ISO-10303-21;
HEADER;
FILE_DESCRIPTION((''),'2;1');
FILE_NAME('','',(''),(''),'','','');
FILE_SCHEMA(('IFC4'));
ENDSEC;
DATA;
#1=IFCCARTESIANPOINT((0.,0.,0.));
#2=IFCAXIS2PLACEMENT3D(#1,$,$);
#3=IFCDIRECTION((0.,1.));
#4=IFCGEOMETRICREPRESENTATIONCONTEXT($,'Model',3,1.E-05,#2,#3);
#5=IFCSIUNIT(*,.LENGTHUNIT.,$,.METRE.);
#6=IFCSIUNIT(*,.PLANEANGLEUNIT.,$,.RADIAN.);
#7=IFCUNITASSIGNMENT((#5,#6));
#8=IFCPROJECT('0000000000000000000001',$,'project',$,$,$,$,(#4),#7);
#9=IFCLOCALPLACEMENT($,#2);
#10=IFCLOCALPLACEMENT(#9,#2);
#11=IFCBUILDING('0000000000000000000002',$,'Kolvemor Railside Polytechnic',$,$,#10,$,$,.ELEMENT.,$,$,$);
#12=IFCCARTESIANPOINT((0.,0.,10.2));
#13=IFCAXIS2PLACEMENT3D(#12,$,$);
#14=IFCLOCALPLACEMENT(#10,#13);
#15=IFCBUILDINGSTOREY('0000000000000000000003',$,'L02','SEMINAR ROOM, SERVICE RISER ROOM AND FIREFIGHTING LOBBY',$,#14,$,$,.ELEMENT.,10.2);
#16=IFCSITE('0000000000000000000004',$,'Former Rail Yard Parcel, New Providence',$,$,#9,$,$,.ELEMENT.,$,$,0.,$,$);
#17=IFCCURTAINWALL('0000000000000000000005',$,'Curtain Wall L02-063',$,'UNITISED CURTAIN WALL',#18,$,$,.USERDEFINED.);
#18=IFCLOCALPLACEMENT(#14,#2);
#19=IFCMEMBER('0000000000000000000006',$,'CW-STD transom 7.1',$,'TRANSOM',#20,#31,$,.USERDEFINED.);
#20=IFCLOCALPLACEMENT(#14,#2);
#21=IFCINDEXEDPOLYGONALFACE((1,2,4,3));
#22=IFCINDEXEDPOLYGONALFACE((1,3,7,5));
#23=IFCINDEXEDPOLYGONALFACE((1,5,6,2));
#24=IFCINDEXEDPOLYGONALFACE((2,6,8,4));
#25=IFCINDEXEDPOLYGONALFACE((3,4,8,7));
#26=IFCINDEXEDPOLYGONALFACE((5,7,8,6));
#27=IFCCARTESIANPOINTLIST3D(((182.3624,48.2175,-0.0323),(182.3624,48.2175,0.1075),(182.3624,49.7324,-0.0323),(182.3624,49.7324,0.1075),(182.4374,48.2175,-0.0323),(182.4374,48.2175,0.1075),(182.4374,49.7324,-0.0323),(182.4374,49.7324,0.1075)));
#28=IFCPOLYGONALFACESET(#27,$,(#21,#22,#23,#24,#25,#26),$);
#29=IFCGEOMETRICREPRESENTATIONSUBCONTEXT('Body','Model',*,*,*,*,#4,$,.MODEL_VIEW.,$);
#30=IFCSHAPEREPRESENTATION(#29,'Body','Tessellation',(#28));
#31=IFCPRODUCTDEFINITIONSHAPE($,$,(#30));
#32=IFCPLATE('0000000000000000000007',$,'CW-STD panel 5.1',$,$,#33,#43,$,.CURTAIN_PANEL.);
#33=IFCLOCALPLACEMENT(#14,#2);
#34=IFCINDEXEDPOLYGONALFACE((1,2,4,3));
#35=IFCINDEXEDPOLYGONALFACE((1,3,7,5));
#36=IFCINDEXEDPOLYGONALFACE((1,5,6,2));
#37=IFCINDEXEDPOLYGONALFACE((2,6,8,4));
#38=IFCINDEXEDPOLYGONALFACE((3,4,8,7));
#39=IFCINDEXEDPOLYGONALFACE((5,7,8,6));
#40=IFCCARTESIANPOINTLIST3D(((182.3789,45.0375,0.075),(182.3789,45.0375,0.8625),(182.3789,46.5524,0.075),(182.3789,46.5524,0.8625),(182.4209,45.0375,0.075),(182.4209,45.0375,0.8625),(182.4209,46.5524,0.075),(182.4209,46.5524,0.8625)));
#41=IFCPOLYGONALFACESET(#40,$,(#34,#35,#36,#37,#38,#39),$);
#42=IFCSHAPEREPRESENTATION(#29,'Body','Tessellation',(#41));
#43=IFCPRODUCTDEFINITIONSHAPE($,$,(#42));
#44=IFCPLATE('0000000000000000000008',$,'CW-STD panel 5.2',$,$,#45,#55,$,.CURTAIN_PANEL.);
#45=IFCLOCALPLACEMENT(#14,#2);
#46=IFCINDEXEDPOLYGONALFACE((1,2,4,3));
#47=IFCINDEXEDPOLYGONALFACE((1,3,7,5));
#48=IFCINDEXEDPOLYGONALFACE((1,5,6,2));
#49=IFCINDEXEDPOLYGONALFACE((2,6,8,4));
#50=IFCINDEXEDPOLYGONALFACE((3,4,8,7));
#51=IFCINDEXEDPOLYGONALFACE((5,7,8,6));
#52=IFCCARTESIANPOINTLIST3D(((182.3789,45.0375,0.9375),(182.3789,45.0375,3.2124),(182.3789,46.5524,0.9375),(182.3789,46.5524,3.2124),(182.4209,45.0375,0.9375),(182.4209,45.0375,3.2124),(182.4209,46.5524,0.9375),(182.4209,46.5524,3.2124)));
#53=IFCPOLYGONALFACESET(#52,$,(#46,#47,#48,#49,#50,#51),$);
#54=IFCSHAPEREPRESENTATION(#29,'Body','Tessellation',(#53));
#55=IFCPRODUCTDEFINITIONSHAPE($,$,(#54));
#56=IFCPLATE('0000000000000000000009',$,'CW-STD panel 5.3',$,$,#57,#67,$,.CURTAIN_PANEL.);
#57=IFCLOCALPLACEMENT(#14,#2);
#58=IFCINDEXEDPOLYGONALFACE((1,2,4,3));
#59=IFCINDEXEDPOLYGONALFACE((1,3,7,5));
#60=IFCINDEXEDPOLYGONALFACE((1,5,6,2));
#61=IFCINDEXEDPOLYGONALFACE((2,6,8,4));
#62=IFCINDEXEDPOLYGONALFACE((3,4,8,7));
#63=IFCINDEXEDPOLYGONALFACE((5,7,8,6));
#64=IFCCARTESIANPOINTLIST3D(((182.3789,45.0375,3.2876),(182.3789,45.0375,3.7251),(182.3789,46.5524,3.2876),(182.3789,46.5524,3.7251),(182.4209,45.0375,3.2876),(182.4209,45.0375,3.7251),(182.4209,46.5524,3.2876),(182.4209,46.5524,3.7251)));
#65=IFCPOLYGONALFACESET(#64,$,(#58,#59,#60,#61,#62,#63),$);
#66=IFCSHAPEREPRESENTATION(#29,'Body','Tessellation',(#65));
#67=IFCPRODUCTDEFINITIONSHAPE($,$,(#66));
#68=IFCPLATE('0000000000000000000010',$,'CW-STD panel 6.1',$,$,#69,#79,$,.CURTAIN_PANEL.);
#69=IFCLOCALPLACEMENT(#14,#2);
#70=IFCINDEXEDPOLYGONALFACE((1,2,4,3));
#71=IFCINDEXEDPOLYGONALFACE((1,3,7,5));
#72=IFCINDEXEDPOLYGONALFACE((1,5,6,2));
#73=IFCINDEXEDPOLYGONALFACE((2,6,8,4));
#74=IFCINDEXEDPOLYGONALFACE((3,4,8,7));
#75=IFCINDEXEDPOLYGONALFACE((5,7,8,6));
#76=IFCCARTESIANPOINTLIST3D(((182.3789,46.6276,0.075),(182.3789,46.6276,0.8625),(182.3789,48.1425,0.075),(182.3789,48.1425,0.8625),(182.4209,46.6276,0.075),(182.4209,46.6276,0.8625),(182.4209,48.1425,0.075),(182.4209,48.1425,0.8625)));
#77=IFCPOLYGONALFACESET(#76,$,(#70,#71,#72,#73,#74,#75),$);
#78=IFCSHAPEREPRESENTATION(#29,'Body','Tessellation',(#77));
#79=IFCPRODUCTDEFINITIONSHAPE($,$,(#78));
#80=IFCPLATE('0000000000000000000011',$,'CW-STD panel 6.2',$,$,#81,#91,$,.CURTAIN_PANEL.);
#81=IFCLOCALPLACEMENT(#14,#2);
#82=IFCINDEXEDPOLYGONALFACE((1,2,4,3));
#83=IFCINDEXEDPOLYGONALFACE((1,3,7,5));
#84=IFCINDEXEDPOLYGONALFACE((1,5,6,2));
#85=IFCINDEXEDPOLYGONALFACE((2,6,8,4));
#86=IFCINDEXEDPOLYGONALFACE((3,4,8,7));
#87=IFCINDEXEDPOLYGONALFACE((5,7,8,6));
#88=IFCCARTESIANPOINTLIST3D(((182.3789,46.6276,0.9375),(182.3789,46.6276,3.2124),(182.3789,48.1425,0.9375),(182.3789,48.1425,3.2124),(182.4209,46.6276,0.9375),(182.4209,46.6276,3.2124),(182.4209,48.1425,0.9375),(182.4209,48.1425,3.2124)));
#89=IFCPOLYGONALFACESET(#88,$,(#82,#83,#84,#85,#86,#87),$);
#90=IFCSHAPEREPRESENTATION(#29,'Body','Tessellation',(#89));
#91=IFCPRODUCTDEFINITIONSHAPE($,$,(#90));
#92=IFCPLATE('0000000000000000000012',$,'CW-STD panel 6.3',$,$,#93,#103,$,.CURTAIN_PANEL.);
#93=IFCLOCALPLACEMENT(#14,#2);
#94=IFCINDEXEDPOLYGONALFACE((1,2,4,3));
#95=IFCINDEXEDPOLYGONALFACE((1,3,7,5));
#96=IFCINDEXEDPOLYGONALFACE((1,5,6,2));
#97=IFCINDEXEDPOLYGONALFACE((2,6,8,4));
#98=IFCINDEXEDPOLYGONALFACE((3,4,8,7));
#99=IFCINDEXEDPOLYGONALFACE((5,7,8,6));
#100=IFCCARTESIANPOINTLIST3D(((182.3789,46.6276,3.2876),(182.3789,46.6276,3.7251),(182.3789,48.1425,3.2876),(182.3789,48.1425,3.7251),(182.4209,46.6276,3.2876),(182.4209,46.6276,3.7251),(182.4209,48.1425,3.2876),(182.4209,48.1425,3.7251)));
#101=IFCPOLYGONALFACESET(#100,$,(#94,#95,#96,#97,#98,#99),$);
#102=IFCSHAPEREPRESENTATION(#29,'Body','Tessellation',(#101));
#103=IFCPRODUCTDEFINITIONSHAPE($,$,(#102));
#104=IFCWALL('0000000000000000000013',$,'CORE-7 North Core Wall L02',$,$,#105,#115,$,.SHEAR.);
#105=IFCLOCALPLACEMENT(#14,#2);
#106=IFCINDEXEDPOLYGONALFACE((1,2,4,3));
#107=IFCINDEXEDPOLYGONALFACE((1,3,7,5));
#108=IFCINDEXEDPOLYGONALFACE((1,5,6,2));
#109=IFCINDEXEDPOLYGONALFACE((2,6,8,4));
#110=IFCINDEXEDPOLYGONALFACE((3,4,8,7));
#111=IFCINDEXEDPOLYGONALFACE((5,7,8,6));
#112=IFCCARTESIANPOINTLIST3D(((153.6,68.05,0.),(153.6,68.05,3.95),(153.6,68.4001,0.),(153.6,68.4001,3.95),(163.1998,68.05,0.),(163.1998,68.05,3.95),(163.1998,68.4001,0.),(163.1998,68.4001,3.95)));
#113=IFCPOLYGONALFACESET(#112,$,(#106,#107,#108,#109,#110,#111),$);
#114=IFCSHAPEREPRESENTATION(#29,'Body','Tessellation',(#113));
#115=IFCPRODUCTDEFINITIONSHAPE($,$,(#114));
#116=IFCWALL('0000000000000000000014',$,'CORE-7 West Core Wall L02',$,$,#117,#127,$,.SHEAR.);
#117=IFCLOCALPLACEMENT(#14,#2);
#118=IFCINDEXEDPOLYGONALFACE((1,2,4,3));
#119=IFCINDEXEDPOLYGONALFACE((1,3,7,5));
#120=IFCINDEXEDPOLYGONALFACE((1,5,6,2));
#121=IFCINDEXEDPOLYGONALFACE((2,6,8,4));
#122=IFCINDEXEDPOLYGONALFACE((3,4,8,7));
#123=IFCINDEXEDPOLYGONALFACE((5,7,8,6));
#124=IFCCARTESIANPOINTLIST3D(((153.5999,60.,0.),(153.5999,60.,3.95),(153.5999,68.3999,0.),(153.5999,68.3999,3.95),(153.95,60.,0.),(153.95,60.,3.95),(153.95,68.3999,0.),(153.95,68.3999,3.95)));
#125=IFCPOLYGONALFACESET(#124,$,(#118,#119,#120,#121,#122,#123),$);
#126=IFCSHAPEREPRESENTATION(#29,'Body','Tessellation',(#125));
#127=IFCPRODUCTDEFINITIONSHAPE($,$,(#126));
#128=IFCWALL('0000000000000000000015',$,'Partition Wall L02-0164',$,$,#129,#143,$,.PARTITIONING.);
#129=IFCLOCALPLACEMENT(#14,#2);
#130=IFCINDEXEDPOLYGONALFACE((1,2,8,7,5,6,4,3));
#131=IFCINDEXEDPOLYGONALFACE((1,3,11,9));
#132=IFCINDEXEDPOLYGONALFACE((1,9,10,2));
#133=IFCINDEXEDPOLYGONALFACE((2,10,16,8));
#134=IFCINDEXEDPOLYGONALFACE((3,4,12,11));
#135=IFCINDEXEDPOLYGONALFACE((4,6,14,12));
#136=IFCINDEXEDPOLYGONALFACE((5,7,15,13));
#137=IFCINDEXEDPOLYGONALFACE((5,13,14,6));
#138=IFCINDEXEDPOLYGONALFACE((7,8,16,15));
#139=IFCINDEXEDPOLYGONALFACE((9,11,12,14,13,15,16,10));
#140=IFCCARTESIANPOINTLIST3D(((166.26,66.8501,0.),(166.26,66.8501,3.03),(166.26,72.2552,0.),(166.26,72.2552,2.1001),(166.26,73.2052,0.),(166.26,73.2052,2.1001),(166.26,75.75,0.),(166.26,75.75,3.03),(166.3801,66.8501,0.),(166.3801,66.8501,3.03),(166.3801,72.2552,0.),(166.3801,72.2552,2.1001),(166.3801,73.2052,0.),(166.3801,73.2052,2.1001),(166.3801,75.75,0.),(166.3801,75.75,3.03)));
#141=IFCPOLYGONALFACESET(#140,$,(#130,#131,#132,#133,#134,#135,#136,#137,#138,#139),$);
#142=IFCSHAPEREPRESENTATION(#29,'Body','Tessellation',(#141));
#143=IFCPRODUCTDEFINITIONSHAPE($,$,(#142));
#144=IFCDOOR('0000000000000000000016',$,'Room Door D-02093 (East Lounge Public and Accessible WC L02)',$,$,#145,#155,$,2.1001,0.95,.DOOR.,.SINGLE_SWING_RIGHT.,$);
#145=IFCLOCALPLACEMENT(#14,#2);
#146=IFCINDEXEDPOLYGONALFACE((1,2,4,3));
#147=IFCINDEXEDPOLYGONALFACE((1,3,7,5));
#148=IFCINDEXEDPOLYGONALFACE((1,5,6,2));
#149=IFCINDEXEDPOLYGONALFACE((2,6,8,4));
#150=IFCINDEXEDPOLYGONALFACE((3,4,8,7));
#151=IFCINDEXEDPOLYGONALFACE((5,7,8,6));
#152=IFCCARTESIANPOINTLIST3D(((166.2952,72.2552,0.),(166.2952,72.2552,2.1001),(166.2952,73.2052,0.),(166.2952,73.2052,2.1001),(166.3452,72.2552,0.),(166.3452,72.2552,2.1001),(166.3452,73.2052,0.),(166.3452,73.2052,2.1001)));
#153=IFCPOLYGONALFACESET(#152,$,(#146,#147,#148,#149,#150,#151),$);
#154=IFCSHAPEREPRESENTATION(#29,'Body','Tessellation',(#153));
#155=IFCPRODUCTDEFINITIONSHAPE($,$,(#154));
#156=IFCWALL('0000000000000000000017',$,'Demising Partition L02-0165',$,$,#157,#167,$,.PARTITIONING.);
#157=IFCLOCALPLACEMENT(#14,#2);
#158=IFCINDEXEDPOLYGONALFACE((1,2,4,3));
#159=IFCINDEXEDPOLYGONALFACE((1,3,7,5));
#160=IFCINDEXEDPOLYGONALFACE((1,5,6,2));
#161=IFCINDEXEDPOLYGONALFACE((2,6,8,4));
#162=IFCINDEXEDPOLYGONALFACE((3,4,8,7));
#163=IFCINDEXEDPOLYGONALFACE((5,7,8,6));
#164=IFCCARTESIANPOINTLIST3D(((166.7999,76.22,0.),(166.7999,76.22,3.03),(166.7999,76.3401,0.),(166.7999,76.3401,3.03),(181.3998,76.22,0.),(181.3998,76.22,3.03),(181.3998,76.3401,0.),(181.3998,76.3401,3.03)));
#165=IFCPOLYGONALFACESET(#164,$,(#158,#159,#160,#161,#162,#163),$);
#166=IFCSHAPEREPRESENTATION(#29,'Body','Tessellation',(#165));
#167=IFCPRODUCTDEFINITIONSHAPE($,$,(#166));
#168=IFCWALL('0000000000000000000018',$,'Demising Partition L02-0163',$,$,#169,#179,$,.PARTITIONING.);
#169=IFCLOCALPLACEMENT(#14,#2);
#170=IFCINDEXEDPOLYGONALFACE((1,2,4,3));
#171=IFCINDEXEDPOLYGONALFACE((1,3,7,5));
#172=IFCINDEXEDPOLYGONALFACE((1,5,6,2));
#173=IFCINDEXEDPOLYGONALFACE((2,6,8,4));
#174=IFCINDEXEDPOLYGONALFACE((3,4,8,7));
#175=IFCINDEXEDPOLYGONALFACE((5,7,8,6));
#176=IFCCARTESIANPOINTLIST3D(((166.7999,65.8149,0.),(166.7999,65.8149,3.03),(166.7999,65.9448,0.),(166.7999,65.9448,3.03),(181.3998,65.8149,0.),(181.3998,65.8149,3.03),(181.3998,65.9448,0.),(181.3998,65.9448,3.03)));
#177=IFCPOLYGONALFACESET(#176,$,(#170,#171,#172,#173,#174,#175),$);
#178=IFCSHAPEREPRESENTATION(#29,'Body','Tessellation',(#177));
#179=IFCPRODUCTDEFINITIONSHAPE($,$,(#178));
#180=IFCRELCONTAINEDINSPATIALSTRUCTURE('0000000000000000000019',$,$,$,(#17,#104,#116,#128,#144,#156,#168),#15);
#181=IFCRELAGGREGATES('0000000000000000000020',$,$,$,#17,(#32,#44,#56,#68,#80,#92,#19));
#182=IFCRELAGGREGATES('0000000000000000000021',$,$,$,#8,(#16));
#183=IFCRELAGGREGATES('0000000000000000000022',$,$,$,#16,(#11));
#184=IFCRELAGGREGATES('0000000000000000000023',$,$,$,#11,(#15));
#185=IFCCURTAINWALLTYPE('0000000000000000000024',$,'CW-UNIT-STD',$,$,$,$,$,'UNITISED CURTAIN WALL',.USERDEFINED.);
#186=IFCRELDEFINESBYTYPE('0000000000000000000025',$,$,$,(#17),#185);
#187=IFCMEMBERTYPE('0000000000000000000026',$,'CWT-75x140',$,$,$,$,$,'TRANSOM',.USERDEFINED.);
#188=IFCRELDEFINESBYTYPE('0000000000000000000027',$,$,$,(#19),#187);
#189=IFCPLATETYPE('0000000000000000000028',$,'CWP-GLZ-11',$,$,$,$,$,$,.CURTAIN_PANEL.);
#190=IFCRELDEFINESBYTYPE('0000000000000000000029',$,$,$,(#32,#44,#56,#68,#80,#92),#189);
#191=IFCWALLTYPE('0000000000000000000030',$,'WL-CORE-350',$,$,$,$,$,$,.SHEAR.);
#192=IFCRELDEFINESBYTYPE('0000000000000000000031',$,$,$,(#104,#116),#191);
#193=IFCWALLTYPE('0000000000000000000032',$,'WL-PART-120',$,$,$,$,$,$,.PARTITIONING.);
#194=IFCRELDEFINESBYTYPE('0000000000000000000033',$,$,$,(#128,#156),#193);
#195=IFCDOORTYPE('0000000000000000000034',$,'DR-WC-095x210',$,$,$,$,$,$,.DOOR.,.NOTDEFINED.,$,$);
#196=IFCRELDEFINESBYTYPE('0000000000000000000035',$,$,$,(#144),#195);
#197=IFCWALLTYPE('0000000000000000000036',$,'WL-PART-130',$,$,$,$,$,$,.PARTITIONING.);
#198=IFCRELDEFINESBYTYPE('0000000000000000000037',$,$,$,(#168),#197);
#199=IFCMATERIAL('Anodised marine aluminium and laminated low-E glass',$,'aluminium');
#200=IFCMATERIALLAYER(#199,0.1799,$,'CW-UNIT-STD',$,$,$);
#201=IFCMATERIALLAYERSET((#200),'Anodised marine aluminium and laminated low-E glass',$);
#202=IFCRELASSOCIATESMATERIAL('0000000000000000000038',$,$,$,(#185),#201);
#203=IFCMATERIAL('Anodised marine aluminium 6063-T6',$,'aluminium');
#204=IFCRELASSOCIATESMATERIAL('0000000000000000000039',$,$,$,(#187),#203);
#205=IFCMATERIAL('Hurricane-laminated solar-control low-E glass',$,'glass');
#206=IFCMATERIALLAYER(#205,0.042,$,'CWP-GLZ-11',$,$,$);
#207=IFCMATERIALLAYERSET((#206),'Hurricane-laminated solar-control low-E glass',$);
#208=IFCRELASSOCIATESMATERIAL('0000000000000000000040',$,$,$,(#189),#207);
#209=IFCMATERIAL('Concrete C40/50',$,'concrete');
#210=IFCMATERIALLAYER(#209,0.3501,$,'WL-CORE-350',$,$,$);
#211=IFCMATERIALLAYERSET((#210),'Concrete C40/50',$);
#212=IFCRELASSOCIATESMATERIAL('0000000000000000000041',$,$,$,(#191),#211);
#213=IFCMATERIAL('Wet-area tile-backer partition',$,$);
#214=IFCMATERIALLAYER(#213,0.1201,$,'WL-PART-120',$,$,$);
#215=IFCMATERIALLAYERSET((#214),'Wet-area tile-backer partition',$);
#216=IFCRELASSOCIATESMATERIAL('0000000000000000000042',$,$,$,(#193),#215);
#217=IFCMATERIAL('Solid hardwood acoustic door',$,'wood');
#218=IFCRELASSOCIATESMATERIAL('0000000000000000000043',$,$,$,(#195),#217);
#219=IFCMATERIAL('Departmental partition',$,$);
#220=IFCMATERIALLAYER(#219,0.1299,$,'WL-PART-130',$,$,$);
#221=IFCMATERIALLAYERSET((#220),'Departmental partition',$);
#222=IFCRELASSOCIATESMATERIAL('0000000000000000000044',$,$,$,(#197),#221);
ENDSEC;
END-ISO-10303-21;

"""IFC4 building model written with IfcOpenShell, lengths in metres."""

from ifc_helpers import new_model, si_unit, direction, frame, frame_2d, origin, origin_2d, place, context, subcontext, project, spatial, rectangle, extrude, material, layer, layer_set, material_profile, profile_set, type_object, element, fill, aggregate, save


model = new_model("IFC4")

# Units and contexts
model_context = context("Model", 3, precision=1e-05, world=origin(), true_north=direction((0.0, 1.0)))
body_context = subcontext(model_context, "Body", "Model", "MODEL_VIEW")
ifc_project = project(units=[si_unit("LENGTHUNIT", "METRE"), si_unit("PLANEANGLEUNIT", "RADIAN")], contexts=[model_context])

# Site, building, storey
site_placement = place(None, origin())
site = spatial("IfcSite", under=ifc_project, at=site_placement, Name="Former Rail Yard Parcel, New Providence", CompositionType="ELEMENT", RefElevation=0.0)
building_placement = place(site_placement, origin())
building = spatial("IfcBuilding", under=site, at=building_placement, Name="Kolvemor Railside Polytechnic", CompositionType="ELEMENT")
storey_placement = place(building_placement, frame((0.0, 0.0, 10.2)))
storey = spatial("IfcBuildingStorey", under=building, at=storey_placement, Name="L02", Description="SEMINAR ROOM, SERVICE RISER ROOM AND FIREFIGHTING LOBBY", CompositionType="ELEMENT", Elevation=10.2)

# Curtain wall, member, plates
ifc_material_1 = material(Name="Anodised marine aluminium and laminated low-E glass", Category="aluminium")
ifc_layer_1 = layer(ifc_material_1, 0.1799, Name="CW-UNIT-STD")
ifc_layer_set_1 = layer_set([ifc_layer_1], Name="Anodised marine aluminium and laminated low-E glass")
curtain_wall_type = type_object("IfcCurtainWallType", Name="CW-UNIT-STD", ElementType="UNITISED CURTAIN WALL", PredefinedType="USERDEFINED", material=ifc_layer_set_1)
curtain_wall_placement = place(storey_placement, origin())
curtain_wall = element("IfcCurtainWall", 1, at=curtain_wall_placement, inside=storey, type_object=curtain_wall_type, Name="Curtain Wall L02-063", ObjectType="UNITISED CURTAIN WALL", PredefinedType="USERDEFINED")
ifc_material_2 = material(Name="Anodised marine aluminium 6063-T6", Category="aluminium")
ifc_material_profile_1 = material_profile(ifc_material_2, rectangle(XDim=0.075, YDim=0.1399, at=origin_2d()), Name="CW-TRN-75x140")
ifc_profile_set_1 = profile_set([ifc_material_profile_1], Name="Anodised marine aluminium 6063-T6")
member_type_1 = type_object("IfcMemberType", Name="CWT-75x140", ElementType="TRANSOM", PredefinedType="USERDEFINED", material=ifc_profile_set_1)
member_1_placement = place(storey_placement, frame((182.3999, 48.2175, 0.0376), z_axis=(0.0, 1.0, 0.0), x_axis=(-1.0, 0.0, 0.0)))
member_1 = element("IfcMember", 2, at=member_1_placement, type_object=member_type_1, Name="CW-STD transom 7.1", ObjectType="TRANSOM", PredefinedType="USERDEFINED", context=body_context, shape_type="SweptSolid", body=[
    extrude(rectangle(XDim=0.075, YDim=0.1399, at=origin_2d()), origin(), (0.0, 0.0, 1.0), 1.5149),
])
ifc_material_3 = material(Name="Hurricane-laminated solar-control low-E glass", Category="glass")
ifc_layer_2 = layer(ifc_material_3, 0.042, Name="CWP-GLZ-11")
ifc_layer_set_2 = layer_set([ifc_layer_2], Name="Hurricane-laminated solar-control low-E glass")
plate_type = type_object("IfcPlateType", Name="CWP-GLZ-11", PredefinedType="CURTAIN_PANEL", material=ifc_layer_set_2)
plate_1_placement = place(storey_placement, frame((182.3999, 45.7949, 0.075), z_axis=(0.0, 0.0, 1.0), x_axis=(0.0, 1.0, 0.0)))
plate_1 = element("IfcPlate", 3, at=plate_1_placement, type_object=plate_type, Name="CW-STD panel 5.1", PredefinedType="CURTAIN_PANEL", context=body_context, shape_type="SweptSolid", body=[
    extrude(rectangle(XDim=1.5149, YDim=0.042, at=origin_2d()), origin(), (0.0, 0.0, 1.0), 0.7876),
])
plate_2_placement = place(storey_placement, frame((182.3999, 45.7949, 0.9375), z_axis=(0.0, 0.0, 1.0), x_axis=(0.0, 1.0, 0.0)))
plate_2 = element("IfcPlate", 4, at=plate_2_placement, type_object=plate_type, Name="CW-STD panel 5.2", PredefinedType="CURTAIN_PANEL", context=body_context, shape_type="SweptSolid", body=[
    extrude(rectangle(XDim=1.5149, YDim=0.042, at=origin_2d()), origin(), (0.0, 0.0, 1.0), 2.2749),
])
plate_3_placement = place(storey_placement, frame((182.3999, 45.7949, 3.2876), z_axis=(0.0, 0.0, 1.0), x_axis=(0.0, 1.0, 0.0)))
plate_3 = element("IfcPlate", 5, at=plate_3_placement, type_object=plate_type, Name="CW-STD panel 5.3", PredefinedType="CURTAIN_PANEL", context=body_context, shape_type="SweptSolid", body=[
    extrude(rectangle(XDim=1.5149, YDim=0.042, at=origin_2d()), origin(), (0.0, 0.0, 1.0), 0.4375),
])
plate_4_placement = place(storey_placement, frame((182.3999, 47.385, 0.075), z_axis=(0.0, 0.0, 1.0), x_axis=(0.0, 1.0, 0.0)))
plate_4 = element("IfcPlate", 6, at=plate_4_placement, type_object=plate_type, Name="CW-STD panel 6.1", PredefinedType="CURTAIN_PANEL", context=body_context, shape_type="SweptSolid", body=[
    extrude(rectangle(XDim=1.5149, YDim=0.042, at=origin_2d()), origin(), (0.0, 0.0, 1.0), 0.7876),
])
plate_5_placement = place(storey_placement, frame((182.3999, 47.385, 0.9375), z_axis=(0.0, 0.0, 1.0), x_axis=(0.0, 1.0, 0.0)))
plate_5 = element("IfcPlate", 7, at=plate_5_placement, type_object=plate_type, Name="CW-STD panel 6.2", PredefinedType="CURTAIN_PANEL", context=body_context, shape_type="SweptSolid", body=[
    extrude(rectangle(XDim=1.5149, YDim=0.042, at=origin_2d()), origin(), (0.0, 0.0, 1.0), 2.2749),
])
plate_6_placement = place(storey_placement, frame((182.3999, 47.385, 3.2876), z_axis=(0.0, 0.0, 1.0), x_axis=(0.0, 1.0, 0.0)))
plate_6 = element("IfcPlate", 8, at=plate_6_placement, type_object=plate_type, Name="CW-STD panel 6.3", PredefinedType="CURTAIN_PANEL", context=body_context, shape_type="SweptSolid", body=[
    extrude(rectangle(XDim=1.5149, YDim=0.042, at=origin_2d()), origin(), (0.0, 0.0, 1.0), 0.4375),
])
aggregate(curtain_wall, [plate_1, plate_2, plate_3, plate_4, plate_5, plate_6, member_1])

# Walls
ifc_material_4 = material(Name="Concrete C40/50", Category="concrete")
ifc_layer_3 = layer(ifc_material_4, 0.3501, Name="WL-CORE-350")
ifc_layer_set_3 = layer_set([ifc_layer_3], Name="Concrete C40/50")
wall_type_1 = type_object("IfcWallType", Name="WL-CORE-350", PredefinedType="SHEAR", material=ifc_layer_set_3)
wall_1_placement = place(storey_placement, frame((153.6001, 68.2251, 0.0), z_axis=(0.0, 0.0, 1.0), x_axis=(1.0, 0.0, 0.0)))
element("IfcWall", 9, at=wall_1_placement, inside=storey, type_object=wall_type_1, Name="CORE-7 North Core Wall L02", PredefinedType="SHEAR", context=body_context, shape_type="SweptSolid", body=[
    extrude(rectangle(XDim=9.5999, YDim=0.3501, at=frame_2d((4.7998, 0.0))), origin(), (0.0, 0.0, 1.0), 3.95),
])
wall_2_placement = place(storey_placement, frame((153.7749, 60.0, 0.0), z_axis=(0.0, 0.0, 1.0), x_axis=(0.0, 1.0, 0.0)))
element("IfcWall", 10, at=wall_2_placement, inside=storey, type_object=wall_type_1, Name="CORE-7 West Core Wall L02", PredefinedType="SHEAR", context=body_context, shape_type="SweptSolid", body=[
    extrude(rectangle(XDim=8.3999, YDim=0.3501, at=frame_2d((4.2, 0.0))), origin(), (0.0, 0.0, 1.0), 3.95),
])

# Wall, opening, door
ifc_material_5 = material(Name="Wet-area tile-backer partition")
ifc_layer_4 = layer(ifc_material_5, 0.1201, Name="WL-PART-120")
ifc_layer_set_4 = layer_set([ifc_layer_4], Name="Wet-area tile-backer partition")
wall_type_2 = type_object("IfcWallType", Name="WL-PART-120", PredefinedType="PARTITIONING", material=ifc_layer_set_4)
wall_3_placement = place(storey_placement, frame((166.3201, 66.8501, 0.0), z_axis=(0.0, 0.0, 1.0), x_axis=(0.0, 1.0, 0.0)))
wall_3 = element("IfcWall", 11, at=wall_3_placement, inside=storey, type_object=wall_type_2, Name="Partition Wall L02-0164", PredefinedType="PARTITIONING", context=body_context, shape_type="SweptSolid", body=[
    extrude(rectangle(XDim=8.8999, YDim=0.1201, at=frame_2d((4.45, 0.0))), origin(), (0.0, 0.0, 1.0), 3.03),
])
opening_1_placement = place(wall_3_placement, frame((5.405, 0.0, 0.0)))
opening_1 = element("IfcOpeningElement", 12, at=opening_1_placement, cuts=wall_3, PredefinedType="OPENING", context=body_context, shape_type="SweptSolid", body=[
    extrude(rectangle(XDim=0.95, YDim=2.1001, at=frame_2d((0.4751, 1.05))), frame((0.0, 0.0701, 0.0), z_axis=(0.0, -1.0, 0.0), x_axis=(1.0, 0.0, 0.0)), (0.0, 0.0, 1.0), 0.1401),
])
ifc_material_6 = material(Name="Solid hardwood acoustic door", Category="wood")
door_type_1 = type_object("IfcDoorType", Name="DR-WC-095x210", OperationType="NOTDEFINED", PredefinedType="DOOR", material=ifc_material_6)
door_1_placement = place(opening_1_placement, origin())
door_1 = element("IfcDoor", 13, at=door_1_placement, inside=storey, type_object=door_type_1, Name="Room Door D-02093 (East Lounge Public and Accessible WC L02)", OperationType="SINGLE_SWING_RIGHT", OverallHeight=2.1001, OverallWidth=0.95, PredefinedType="DOOR", context=body_context, shape_type="SweptSolid", body=[
    extrude(rectangle(XDim=0.95, YDim=2.1001, at=frame_2d((0.4751, 1.05))), frame((0.0, 0.0249, 0.0), z_axis=(0.0, -1.0, 0.0), x_axis=(1.0, 0.0, 0.0)), (0.0, 0.0, 1.0), 0.05),
])
fill(opening_1, door_1)

# Walls
wall_4_placement = place(storey_placement, frame((166.8, 76.28, 0.0), z_axis=(0.0, 0.0, 1.0), x_axis=(1.0, 0.0, 0.0)))
element("IfcWall", 14, at=wall_4_placement, inside=storey, type_object=wall_type_2, Name="Demising Partition L02-0165", PredefinedType="PARTITIONING", context=body_context, shape_type="SweptSolid", body=[
    extrude(rectangle(XDim=14.5999, YDim=0.1201, at=frame_2d((7.2998, 0.0))), origin(), (0.0, 0.0, 1.0), 3.03),
])
ifc_material_7 = material(Name="Departmental partition")
ifc_layer_5 = layer(ifc_material_7, 0.1299, Name="WL-PART-130")
ifc_layer_set_5 = layer_set([ifc_layer_5], Name="Departmental partition")
wall_type_3 = type_object("IfcWallType", Name="WL-PART-130", PredefinedType="PARTITIONING", material=ifc_layer_set_5)
wall_5_placement = place(storey_placement, frame((166.8, 65.8799, 0.0), z_axis=(0.0, 0.0, 1.0), x_axis=(1.0, 0.0, 0.0)))
element("IfcWall", 15, at=wall_5_placement, inside=storey, type_object=wall_type_3, Name="Demising Partition L02-0163", PredefinedType="PARTITIONING", context=body_context, shape_type="SweptSolid", body=[
    extrude(rectangle(XDim=14.5999, YDim=0.1299, at=frame_2d((7.2998, 0.0))), origin(), (0.0, 0.0, 1.0), 3.03),
])

save(model, "model.ifc")
